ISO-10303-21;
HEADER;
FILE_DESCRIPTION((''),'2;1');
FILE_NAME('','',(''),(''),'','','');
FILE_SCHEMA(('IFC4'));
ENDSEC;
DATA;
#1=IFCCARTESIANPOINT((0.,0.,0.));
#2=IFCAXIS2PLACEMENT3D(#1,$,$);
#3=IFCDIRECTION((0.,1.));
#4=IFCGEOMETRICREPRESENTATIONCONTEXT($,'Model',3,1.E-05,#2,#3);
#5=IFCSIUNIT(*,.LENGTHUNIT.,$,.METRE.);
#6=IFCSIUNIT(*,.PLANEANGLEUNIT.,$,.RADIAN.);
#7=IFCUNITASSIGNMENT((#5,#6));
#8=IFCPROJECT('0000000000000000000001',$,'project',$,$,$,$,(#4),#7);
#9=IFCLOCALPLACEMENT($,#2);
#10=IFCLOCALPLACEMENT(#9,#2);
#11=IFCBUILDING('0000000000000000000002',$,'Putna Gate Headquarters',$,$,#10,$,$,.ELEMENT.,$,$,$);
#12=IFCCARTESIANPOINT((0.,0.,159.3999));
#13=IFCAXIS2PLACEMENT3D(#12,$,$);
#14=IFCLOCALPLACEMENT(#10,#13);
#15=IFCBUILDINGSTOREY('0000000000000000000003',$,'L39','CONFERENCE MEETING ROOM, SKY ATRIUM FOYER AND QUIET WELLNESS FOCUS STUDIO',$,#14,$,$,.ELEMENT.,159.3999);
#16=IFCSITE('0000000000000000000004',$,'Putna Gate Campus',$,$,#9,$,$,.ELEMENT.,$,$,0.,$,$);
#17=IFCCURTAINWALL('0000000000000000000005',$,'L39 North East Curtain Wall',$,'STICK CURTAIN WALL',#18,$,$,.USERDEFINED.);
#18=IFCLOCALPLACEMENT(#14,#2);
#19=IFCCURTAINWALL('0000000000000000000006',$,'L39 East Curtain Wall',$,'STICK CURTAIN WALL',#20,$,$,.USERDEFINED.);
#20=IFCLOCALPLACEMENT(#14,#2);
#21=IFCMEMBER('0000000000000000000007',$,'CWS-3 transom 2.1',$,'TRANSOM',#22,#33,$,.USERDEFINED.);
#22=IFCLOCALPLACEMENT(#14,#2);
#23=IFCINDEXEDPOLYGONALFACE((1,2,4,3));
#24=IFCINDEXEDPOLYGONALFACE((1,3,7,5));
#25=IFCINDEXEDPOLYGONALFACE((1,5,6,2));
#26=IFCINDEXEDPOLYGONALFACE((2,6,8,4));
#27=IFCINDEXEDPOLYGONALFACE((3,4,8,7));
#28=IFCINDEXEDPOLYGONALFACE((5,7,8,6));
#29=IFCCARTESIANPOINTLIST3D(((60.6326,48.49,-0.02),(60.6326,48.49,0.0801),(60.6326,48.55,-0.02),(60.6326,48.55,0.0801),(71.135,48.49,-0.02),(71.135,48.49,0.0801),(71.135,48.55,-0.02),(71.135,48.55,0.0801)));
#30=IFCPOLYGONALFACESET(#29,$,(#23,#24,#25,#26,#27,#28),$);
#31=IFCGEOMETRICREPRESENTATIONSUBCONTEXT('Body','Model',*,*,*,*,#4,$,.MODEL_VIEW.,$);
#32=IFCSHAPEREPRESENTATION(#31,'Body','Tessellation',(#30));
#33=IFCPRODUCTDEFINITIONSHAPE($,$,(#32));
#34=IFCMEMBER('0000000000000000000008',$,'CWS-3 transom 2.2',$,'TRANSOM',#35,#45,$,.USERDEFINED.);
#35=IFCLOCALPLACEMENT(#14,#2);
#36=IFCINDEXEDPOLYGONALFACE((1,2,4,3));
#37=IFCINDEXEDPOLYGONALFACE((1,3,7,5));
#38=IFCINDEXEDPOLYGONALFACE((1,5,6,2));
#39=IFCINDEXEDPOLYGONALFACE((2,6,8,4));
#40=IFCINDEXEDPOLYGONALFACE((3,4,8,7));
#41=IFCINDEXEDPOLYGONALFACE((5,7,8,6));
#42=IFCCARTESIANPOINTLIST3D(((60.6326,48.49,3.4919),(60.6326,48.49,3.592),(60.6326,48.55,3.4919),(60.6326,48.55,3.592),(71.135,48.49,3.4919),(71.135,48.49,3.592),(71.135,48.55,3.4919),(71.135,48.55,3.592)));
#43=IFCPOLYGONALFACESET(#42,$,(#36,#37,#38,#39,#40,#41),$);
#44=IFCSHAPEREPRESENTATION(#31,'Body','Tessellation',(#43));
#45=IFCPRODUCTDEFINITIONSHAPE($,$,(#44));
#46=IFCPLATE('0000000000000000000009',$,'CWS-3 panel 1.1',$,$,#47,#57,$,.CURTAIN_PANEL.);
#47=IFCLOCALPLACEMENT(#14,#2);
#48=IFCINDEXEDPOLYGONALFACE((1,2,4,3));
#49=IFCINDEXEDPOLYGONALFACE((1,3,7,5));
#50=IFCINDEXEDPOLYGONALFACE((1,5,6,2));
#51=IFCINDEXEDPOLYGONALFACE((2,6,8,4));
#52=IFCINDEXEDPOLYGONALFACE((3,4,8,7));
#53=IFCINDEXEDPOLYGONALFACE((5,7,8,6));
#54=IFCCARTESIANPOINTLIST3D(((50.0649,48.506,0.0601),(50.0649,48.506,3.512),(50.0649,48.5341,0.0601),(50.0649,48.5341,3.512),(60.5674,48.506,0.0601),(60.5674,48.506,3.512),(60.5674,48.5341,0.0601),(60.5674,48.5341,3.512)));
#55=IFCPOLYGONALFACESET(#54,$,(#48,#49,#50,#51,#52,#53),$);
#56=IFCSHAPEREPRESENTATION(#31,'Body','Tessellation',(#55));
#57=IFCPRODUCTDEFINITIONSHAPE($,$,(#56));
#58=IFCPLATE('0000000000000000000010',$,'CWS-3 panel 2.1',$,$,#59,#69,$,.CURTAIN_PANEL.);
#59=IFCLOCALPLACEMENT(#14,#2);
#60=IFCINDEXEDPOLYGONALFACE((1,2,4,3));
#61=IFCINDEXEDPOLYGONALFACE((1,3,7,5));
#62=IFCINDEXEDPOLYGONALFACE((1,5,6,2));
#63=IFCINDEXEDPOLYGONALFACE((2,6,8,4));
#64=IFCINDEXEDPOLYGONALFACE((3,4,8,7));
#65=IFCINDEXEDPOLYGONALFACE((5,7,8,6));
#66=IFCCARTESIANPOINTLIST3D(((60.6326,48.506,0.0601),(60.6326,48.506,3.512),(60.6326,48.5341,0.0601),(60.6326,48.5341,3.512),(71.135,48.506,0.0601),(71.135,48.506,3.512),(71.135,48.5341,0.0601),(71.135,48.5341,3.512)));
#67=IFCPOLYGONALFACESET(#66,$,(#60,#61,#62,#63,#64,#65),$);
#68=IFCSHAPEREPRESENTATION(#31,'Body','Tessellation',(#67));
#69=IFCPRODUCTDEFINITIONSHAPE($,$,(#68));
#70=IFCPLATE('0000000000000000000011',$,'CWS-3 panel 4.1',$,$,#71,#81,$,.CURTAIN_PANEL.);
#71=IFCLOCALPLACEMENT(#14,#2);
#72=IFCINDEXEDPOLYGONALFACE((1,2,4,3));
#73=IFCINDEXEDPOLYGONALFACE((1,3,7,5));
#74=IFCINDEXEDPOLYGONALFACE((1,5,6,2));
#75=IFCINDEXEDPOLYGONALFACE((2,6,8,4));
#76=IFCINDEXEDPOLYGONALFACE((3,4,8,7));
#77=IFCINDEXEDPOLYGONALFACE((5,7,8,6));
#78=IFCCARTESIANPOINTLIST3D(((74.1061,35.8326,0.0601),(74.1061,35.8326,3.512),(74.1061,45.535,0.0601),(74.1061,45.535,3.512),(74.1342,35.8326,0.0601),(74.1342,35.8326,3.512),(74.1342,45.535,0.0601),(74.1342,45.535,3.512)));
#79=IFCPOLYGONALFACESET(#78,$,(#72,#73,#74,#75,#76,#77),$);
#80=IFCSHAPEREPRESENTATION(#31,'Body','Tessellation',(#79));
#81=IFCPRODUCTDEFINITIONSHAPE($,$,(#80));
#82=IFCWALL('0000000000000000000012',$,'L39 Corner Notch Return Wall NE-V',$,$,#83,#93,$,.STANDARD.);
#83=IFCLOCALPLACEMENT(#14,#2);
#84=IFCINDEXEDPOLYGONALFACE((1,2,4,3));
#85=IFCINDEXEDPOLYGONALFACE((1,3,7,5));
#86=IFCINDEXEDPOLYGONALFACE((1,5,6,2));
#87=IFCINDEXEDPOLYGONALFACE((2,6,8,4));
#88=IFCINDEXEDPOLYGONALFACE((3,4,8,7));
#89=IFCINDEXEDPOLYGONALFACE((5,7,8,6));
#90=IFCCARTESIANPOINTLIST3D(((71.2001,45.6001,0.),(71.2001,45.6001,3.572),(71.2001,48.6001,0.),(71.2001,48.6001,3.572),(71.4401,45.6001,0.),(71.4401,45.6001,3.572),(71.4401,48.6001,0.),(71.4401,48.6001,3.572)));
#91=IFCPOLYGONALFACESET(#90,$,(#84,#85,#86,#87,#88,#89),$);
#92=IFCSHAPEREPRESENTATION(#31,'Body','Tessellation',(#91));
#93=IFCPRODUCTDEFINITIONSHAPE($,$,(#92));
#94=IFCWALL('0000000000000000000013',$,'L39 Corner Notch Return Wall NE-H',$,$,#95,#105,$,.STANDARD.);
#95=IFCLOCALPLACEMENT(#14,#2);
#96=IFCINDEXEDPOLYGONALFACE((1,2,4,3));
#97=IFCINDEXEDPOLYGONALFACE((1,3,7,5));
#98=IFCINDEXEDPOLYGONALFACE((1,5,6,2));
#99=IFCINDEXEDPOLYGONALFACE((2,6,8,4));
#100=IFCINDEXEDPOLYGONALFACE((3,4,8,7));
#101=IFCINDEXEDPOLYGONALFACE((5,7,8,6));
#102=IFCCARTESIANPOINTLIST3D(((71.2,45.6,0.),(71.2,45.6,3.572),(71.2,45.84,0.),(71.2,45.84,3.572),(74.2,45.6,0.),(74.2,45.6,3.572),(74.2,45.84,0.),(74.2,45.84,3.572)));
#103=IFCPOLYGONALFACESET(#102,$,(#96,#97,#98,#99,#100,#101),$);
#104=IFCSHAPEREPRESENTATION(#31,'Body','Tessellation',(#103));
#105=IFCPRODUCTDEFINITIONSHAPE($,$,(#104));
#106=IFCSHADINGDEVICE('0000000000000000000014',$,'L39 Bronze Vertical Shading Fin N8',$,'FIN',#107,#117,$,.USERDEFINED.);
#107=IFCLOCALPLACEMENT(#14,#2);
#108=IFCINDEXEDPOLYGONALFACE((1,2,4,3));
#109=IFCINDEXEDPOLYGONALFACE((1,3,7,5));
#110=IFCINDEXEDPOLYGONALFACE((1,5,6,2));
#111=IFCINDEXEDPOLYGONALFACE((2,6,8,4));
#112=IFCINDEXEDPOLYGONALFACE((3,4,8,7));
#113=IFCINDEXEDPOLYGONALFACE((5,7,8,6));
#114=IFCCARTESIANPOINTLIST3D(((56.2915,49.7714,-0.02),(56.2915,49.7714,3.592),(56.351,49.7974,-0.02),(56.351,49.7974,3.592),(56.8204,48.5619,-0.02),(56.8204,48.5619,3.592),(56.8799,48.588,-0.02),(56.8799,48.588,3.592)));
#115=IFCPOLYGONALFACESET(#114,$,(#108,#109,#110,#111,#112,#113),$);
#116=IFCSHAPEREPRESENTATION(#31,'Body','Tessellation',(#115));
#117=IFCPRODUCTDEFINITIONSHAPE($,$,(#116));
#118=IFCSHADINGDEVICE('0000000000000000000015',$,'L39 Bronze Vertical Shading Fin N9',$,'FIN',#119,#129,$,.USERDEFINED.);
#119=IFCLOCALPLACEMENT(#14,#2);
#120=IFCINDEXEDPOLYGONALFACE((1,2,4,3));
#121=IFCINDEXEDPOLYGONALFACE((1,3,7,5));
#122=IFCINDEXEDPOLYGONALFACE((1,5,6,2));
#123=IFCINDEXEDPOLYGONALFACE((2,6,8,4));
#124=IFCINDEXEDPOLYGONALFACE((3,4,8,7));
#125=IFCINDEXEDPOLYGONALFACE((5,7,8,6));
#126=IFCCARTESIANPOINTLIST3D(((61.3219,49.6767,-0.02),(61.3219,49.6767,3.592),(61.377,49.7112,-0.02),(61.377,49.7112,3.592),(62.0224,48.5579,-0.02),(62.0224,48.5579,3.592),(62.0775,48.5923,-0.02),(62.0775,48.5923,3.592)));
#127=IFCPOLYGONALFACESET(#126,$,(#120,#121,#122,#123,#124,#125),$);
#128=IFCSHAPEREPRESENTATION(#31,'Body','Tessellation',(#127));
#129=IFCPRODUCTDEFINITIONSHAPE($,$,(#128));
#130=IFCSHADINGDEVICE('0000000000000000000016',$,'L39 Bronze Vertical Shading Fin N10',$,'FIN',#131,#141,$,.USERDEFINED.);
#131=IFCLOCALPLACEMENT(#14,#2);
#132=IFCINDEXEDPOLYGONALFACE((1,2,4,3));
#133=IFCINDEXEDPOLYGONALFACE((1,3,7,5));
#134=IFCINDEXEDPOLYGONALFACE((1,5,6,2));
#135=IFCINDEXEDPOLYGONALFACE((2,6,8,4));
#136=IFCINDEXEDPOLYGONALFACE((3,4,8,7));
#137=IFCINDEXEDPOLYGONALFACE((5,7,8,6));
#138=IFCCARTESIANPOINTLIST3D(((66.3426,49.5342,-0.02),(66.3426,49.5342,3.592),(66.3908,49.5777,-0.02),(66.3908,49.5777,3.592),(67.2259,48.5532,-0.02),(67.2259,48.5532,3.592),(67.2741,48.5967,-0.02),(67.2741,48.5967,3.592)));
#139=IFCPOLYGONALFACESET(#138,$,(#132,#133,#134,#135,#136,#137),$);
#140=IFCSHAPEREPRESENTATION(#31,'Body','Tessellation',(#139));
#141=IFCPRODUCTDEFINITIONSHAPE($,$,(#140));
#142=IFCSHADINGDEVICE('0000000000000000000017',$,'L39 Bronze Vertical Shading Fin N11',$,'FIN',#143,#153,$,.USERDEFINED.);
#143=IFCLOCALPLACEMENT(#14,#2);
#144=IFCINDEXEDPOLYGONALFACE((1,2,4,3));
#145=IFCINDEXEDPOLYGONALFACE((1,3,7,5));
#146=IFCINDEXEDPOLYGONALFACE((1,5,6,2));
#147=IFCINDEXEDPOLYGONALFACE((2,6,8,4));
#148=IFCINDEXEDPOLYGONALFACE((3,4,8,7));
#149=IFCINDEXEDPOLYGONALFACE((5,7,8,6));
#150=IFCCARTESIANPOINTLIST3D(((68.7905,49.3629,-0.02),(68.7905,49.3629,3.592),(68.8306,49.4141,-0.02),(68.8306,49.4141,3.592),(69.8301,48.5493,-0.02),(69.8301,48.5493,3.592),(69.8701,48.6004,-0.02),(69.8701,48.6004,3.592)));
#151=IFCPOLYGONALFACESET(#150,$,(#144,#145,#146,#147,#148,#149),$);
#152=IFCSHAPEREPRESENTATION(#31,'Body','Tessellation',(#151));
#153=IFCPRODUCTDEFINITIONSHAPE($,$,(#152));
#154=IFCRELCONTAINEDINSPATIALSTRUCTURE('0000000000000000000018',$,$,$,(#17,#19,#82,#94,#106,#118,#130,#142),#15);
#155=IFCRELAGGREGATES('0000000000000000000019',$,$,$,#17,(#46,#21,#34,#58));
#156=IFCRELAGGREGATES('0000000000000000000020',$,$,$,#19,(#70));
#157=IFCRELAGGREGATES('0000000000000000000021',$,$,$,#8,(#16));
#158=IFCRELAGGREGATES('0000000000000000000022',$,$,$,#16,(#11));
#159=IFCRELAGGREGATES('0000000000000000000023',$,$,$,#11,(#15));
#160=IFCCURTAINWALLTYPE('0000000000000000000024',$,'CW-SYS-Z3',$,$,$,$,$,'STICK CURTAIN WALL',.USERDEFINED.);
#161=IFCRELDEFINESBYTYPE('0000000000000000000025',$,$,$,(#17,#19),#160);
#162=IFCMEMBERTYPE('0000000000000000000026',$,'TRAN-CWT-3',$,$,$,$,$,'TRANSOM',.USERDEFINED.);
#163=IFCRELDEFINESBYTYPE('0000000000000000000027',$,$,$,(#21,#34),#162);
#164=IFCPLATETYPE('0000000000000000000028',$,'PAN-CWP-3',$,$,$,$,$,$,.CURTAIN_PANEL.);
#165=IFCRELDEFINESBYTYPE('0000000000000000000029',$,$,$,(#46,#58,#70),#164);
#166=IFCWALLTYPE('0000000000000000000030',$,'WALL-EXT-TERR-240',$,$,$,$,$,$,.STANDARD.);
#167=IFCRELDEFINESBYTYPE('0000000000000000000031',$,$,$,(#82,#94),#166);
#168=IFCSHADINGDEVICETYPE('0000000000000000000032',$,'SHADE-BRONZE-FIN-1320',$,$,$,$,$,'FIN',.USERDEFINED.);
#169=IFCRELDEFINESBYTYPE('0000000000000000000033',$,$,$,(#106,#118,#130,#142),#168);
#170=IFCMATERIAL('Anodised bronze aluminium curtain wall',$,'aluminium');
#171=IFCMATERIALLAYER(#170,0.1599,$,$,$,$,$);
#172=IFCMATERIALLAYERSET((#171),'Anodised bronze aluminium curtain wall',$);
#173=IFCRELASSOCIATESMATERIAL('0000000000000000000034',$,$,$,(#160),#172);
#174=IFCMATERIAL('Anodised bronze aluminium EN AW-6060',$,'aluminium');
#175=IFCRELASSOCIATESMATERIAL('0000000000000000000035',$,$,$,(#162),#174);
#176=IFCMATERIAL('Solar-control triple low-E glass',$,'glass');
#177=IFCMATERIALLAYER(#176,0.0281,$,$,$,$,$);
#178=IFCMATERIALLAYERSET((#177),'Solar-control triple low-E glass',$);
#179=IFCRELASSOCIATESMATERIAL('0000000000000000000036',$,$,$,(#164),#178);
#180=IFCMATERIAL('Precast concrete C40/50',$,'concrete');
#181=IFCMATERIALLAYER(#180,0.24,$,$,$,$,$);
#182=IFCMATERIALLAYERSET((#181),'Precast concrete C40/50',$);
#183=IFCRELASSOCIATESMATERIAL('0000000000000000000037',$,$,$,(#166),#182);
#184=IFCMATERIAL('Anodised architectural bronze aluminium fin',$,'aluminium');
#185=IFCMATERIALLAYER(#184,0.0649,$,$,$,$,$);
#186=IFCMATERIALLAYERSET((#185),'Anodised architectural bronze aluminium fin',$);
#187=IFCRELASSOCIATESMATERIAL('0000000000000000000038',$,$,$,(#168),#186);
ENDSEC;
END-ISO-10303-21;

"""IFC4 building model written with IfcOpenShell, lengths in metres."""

from ifc_helpers import new_model, si_unit, direction, frame, frame_2d, origin, origin_2d, place, context, subcontext, project, spatial, rectangle, extrude, material, layer, layer_set, material_profile, profile_set, type_object, element, aggregate, save


model = new_model("IFC4")

# Units and contexts
model_context = context("Model", 3, precision=1e-05, world=origin(), true_north=direction((0.0, 1.0)))
body_context = subcontext(model_context, "Body", "Model", "MODEL_VIEW")
ifc_project = project(units=[si_unit("LENGTHUNIT", "METRE"), si_unit("PLANEANGLEUNIT", "RADIAN")], contexts=[model_context])

# Site, building, storey
site_placement = place(None, origin())
site = spatial("IfcSite", under=ifc_project, at=site_placement, Name="Putna Gate Campus", CompositionType="ELEMENT", RefElevation=0.0)
building_placement = place(site_placement, origin())
building = spatial("IfcBuilding", under=site, at=building_placement, Name="Putna Gate Headquarters", CompositionType="ELEMENT")
storey_placement = place(building_placement, frame((0.0, 0.0, 159.3999)))
storey = spatial("IfcBuildingStorey", under=building, at=storey_placement, Name="L39", Description="CONFERENCE MEETING ROOM, SKY ATRIUM FOYER AND QUIET WELLNESS FOCUS STUDIO", CompositionType="ELEMENT", Elevation=159.3999)

# Curtain wall
ifc_material_1 = material(Name="Anodised bronze aluminium curtain wall", Category="aluminium")
ifc_layer_1 = layer(ifc_material_1, 0.1599)
ifc_layer_set_1 = layer_set([ifc_layer_1], Name="Anodised bronze aluminium curtain wall")
curtain_wall_type = type_object("IfcCurtainWallType", Name="CW-SYS-Z3", ElementType="STICK CURTAIN WALL", PredefinedType="USERDEFINED", material=ifc_layer_set_1)
curtain_wall_1_placement = place(storey_placement, origin())
curtain_wall_1 = element("IfcCurtainWall", 1, at=curtain_wall_1_placement, inside=storey, type_object=curtain_wall_type, Name="L39 North East Curtain Wall", ObjectType="STICK CURTAIN WALL", PredefinedType="USERDEFINED")
ifc_material_2 = material(Name="Anodised bronze aluminium EN AW-6060", Category="aluminium")

# Curtain wall
curtain_wall_2_placement = place(storey_placement, origin())
curtain_wall_2 = element("IfcCurtainWall", 2, at=curtain_wall_2_placement, inside=storey, type_object=curtain_wall_type, Name="L39 East Curtain Wall", ObjectType="STICK CURTAIN WALL", PredefinedType="USERDEFINED")

# Members
ifc_material_profile_1 = material_profile(ifc_material_2, rectangle(XDim=0.0601, YDim=0.1001, at=origin_2d()), Name="Anodised bronze aluminium EN AW-6060")
ifc_profile_set_1 = profile_set([ifc_material_profile_1], Name="Anodised bronze aluminium EN AW-6060")
member_type_1 = type_object("IfcMemberType", Name="TRAN-CWT-3", ElementType="TRANSOM", PredefinedType="USERDEFINED", material=ifc_profile_set_1)
member_1_placement = place(storey_placement, frame((60.6326, 48.52, 0.03), z_axis=(1.0, 0.0, 0.0), x_axis=(0.0, 1.0, 0.0)))
member_1 = element("IfcMember", 3, at=member_1_placement, type_object=member_type_1, Name="CWS-3 transom 2.1", ObjectType="TRANSOM", PredefinedType="USERDEFINED", context=body_context, shape_type="SweptSolid", body=[
    extrude(rectangle(XDim=0.0601, YDim=0.1001, at=origin_2d()), origin(), (0.0, 0.0, 1.0), 10.5024),
])
member_2_placement = place(storey_placement, frame((60.6326, 48.52, 3.542), z_axis=(1.0, 0.0, 0.0), x_axis=(0.0, 1.0, 0.0)))
member_2 = element("IfcMember", 4, at=member_2_placement, type_object=member_type_1, Name="CWS-3 transom 2.2", ObjectType="TRANSOM", PredefinedType="USERDEFINED", context=body_context, shape_type="SweptSolid", body=[
    extrude(rectangle(XDim=0.0601, YDim=0.1001, at=origin_2d()), origin(), (0.0, 0.0, 1.0), 10.5024),
])

# Plates
ifc_material_3 = material(Name="Solar-control triple low-E glass", Category="glass")
ifc_layer_2 = layer(ifc_material_3, 0.0281)
ifc_layer_set_2 = layer_set([ifc_layer_2], Name="Solar-control triple low-E glass")
plate_type = type_object("IfcPlateType", Name="PAN-CWP-3", PredefinedType="CURTAIN_PANEL", material=ifc_layer_set_2)
plate_1_placement = place(storey_placement, frame((55.3162, 48.52, 0.0601), z_axis=(0.0, 0.0, 1.0), x_axis=(1.0, 0.0, 0.0)))
plate_1 = element("IfcPlate", 5, at=plate_1_placement, type_object=plate_type, Name="CWS-3 panel 1.1", PredefinedType="CURTAIN_PANEL", context=body_context, shape_type="SweptSolid", body=[
    extrude(rectangle(XDim=10.5024, YDim=0.0281, at=origin_2d()), origin(), (0.0, 0.0, 1.0), 3.4519),
])
plate_2_placement = place(storey_placement, frame((65.8838, 48.52, 0.0601), z_axis=(0.0, 0.0, 1.0), x_axis=(1.0, 0.0, 0.0)))
plate_2 = element("IfcPlate", 6, at=plate_2_placement, type_object=plate_type, Name="CWS-3 panel 2.1", PredefinedType="CURTAIN_PANEL", context=body_context, shape_type="SweptSolid", body=[
    extrude(rectangle(XDim=10.5024, YDim=0.0281, at=origin_2d()), origin(), (0.0, 0.0, 1.0), 3.4519),
])
aggregate(curtain_wall_1, [plate_1, member_1, member_2, plate_2])
plate_3_placement = place(storey_placement, frame((74.1201, 40.6838, 0.0601), z_axis=(0.0, 0.0, 1.0), x_axis=(0.0, 1.0, 0.0)))
plate_3 = element("IfcPlate", 7, at=plate_3_placement, type_object=plate_type, Name="CWS-3 panel 4.1", PredefinedType="CURTAIN_PANEL", context=body_context, shape_type="SweptSolid", body=[
    extrude(rectangle(XDim=9.7024, YDim=0.0281, at=origin_2d()), origin(), (0.0, 0.0, 1.0), 3.4519),
])
aggregate(curtain_wall_2, [plate_3])

# Walls
ifc_material_4 = material(Name="Precast concrete C40/50", Category="concrete")
ifc_layer_3 = layer(ifc_material_4, 0.24)
ifc_layer_set_3 = layer_set([ifc_layer_3], Name="Precast concrete C40/50")
wall_type = type_object("IfcWallType", Name="WALL-EXT-TERR-240", PredefinedType="STANDARD", material=ifc_layer_set_3)
for number, where, z_axis, x_axis, name in (
    (8, (71.3201, 48.6001, 0.0), (0.0, 0.0, 1.0), (0.0, -1.0, 0.0), "L39 Corner Notch Return Wall NE-V"),
    (9, (71.2, 45.72, 0.0), (0.0, 0.0, 1.0), (1.0, 0.0, 0.0), "L39 Corner Notch Return Wall NE-H"),
):
    element("IfcWall", number, at=place(storey_placement, frame(where, z_axis=z_axis, x_axis=x_axis)), inside=storey, type_object=wall_type, Name=name, PredefinedType="STANDARD", context=body_context, shape_type="SweptSolid", body=[
        extrude(rectangle(XDim=3.0, YDim=0.24, at=frame_2d((1.5, 0.0))), origin(), (0.0, 0.0, 1.0), 3.572),
    ])

# Shading devices
ifc_material_5 = material(Name="Anodised architectural bronze aluminium fin", Category="aluminium")
ifc_layer_4 = layer(ifc_material_5, 0.0649)
ifc_layer_set_4 = layer_set([ifc_layer_4], Name="Anodised architectural bronze aluminium fin")
shading_device_type = type_object("IfcShadingDeviceType", Name="SHADE-BRONZE-FIN-1320", ElementType="FIN", PredefinedType="USERDEFINED", material=ifc_layer_set_4)
for number, where, z_axis, x_axis, name in (
    (10, (56.5857, 49.1797, -0.02), (0.0, 0.0, 1.0), (-0.400669, 0.916223, 0.0), "L39 Bronze Vertical Shading Fin N8"),
    (11, (61.6997, 49.1345, -0.02), (0.0, 0.0, 1.0), (-0.530659, 0.847585, 0.0), "L39 Bronze Vertical Shading Fin N9"),
    (12, (66.8083, 49.0654, -0.02), (0.0, 0.0, 1.0), (-0.669131, 0.743145, 0.0), "L39 Bronze Vertical Shading Fin N10"),
    (13, (69.3303, 48.9817, -0.02), (0.0, 0.0, 1.0), (-0.787473, 0.616349, 0.0), "L39 Bronze Vertical Shading Fin N11"),
):
    element("IfcShadingDevice", number, at=place(storey_placement, frame(where, z_axis=z_axis, x_axis=x_axis)), inside=storey, type_object=shading_device_type, Name=name, ObjectType="FIN", PredefinedType="USERDEFINED", context=body_context, shape_type="SweptSolid", body=[
        extrude(rectangle(XDim=1.3201, YDim=0.0649, at=origin_2d()), origin(), (0.0, 0.0, 1.0), 3.6121),
    ])

save(model, "model.ifc")
